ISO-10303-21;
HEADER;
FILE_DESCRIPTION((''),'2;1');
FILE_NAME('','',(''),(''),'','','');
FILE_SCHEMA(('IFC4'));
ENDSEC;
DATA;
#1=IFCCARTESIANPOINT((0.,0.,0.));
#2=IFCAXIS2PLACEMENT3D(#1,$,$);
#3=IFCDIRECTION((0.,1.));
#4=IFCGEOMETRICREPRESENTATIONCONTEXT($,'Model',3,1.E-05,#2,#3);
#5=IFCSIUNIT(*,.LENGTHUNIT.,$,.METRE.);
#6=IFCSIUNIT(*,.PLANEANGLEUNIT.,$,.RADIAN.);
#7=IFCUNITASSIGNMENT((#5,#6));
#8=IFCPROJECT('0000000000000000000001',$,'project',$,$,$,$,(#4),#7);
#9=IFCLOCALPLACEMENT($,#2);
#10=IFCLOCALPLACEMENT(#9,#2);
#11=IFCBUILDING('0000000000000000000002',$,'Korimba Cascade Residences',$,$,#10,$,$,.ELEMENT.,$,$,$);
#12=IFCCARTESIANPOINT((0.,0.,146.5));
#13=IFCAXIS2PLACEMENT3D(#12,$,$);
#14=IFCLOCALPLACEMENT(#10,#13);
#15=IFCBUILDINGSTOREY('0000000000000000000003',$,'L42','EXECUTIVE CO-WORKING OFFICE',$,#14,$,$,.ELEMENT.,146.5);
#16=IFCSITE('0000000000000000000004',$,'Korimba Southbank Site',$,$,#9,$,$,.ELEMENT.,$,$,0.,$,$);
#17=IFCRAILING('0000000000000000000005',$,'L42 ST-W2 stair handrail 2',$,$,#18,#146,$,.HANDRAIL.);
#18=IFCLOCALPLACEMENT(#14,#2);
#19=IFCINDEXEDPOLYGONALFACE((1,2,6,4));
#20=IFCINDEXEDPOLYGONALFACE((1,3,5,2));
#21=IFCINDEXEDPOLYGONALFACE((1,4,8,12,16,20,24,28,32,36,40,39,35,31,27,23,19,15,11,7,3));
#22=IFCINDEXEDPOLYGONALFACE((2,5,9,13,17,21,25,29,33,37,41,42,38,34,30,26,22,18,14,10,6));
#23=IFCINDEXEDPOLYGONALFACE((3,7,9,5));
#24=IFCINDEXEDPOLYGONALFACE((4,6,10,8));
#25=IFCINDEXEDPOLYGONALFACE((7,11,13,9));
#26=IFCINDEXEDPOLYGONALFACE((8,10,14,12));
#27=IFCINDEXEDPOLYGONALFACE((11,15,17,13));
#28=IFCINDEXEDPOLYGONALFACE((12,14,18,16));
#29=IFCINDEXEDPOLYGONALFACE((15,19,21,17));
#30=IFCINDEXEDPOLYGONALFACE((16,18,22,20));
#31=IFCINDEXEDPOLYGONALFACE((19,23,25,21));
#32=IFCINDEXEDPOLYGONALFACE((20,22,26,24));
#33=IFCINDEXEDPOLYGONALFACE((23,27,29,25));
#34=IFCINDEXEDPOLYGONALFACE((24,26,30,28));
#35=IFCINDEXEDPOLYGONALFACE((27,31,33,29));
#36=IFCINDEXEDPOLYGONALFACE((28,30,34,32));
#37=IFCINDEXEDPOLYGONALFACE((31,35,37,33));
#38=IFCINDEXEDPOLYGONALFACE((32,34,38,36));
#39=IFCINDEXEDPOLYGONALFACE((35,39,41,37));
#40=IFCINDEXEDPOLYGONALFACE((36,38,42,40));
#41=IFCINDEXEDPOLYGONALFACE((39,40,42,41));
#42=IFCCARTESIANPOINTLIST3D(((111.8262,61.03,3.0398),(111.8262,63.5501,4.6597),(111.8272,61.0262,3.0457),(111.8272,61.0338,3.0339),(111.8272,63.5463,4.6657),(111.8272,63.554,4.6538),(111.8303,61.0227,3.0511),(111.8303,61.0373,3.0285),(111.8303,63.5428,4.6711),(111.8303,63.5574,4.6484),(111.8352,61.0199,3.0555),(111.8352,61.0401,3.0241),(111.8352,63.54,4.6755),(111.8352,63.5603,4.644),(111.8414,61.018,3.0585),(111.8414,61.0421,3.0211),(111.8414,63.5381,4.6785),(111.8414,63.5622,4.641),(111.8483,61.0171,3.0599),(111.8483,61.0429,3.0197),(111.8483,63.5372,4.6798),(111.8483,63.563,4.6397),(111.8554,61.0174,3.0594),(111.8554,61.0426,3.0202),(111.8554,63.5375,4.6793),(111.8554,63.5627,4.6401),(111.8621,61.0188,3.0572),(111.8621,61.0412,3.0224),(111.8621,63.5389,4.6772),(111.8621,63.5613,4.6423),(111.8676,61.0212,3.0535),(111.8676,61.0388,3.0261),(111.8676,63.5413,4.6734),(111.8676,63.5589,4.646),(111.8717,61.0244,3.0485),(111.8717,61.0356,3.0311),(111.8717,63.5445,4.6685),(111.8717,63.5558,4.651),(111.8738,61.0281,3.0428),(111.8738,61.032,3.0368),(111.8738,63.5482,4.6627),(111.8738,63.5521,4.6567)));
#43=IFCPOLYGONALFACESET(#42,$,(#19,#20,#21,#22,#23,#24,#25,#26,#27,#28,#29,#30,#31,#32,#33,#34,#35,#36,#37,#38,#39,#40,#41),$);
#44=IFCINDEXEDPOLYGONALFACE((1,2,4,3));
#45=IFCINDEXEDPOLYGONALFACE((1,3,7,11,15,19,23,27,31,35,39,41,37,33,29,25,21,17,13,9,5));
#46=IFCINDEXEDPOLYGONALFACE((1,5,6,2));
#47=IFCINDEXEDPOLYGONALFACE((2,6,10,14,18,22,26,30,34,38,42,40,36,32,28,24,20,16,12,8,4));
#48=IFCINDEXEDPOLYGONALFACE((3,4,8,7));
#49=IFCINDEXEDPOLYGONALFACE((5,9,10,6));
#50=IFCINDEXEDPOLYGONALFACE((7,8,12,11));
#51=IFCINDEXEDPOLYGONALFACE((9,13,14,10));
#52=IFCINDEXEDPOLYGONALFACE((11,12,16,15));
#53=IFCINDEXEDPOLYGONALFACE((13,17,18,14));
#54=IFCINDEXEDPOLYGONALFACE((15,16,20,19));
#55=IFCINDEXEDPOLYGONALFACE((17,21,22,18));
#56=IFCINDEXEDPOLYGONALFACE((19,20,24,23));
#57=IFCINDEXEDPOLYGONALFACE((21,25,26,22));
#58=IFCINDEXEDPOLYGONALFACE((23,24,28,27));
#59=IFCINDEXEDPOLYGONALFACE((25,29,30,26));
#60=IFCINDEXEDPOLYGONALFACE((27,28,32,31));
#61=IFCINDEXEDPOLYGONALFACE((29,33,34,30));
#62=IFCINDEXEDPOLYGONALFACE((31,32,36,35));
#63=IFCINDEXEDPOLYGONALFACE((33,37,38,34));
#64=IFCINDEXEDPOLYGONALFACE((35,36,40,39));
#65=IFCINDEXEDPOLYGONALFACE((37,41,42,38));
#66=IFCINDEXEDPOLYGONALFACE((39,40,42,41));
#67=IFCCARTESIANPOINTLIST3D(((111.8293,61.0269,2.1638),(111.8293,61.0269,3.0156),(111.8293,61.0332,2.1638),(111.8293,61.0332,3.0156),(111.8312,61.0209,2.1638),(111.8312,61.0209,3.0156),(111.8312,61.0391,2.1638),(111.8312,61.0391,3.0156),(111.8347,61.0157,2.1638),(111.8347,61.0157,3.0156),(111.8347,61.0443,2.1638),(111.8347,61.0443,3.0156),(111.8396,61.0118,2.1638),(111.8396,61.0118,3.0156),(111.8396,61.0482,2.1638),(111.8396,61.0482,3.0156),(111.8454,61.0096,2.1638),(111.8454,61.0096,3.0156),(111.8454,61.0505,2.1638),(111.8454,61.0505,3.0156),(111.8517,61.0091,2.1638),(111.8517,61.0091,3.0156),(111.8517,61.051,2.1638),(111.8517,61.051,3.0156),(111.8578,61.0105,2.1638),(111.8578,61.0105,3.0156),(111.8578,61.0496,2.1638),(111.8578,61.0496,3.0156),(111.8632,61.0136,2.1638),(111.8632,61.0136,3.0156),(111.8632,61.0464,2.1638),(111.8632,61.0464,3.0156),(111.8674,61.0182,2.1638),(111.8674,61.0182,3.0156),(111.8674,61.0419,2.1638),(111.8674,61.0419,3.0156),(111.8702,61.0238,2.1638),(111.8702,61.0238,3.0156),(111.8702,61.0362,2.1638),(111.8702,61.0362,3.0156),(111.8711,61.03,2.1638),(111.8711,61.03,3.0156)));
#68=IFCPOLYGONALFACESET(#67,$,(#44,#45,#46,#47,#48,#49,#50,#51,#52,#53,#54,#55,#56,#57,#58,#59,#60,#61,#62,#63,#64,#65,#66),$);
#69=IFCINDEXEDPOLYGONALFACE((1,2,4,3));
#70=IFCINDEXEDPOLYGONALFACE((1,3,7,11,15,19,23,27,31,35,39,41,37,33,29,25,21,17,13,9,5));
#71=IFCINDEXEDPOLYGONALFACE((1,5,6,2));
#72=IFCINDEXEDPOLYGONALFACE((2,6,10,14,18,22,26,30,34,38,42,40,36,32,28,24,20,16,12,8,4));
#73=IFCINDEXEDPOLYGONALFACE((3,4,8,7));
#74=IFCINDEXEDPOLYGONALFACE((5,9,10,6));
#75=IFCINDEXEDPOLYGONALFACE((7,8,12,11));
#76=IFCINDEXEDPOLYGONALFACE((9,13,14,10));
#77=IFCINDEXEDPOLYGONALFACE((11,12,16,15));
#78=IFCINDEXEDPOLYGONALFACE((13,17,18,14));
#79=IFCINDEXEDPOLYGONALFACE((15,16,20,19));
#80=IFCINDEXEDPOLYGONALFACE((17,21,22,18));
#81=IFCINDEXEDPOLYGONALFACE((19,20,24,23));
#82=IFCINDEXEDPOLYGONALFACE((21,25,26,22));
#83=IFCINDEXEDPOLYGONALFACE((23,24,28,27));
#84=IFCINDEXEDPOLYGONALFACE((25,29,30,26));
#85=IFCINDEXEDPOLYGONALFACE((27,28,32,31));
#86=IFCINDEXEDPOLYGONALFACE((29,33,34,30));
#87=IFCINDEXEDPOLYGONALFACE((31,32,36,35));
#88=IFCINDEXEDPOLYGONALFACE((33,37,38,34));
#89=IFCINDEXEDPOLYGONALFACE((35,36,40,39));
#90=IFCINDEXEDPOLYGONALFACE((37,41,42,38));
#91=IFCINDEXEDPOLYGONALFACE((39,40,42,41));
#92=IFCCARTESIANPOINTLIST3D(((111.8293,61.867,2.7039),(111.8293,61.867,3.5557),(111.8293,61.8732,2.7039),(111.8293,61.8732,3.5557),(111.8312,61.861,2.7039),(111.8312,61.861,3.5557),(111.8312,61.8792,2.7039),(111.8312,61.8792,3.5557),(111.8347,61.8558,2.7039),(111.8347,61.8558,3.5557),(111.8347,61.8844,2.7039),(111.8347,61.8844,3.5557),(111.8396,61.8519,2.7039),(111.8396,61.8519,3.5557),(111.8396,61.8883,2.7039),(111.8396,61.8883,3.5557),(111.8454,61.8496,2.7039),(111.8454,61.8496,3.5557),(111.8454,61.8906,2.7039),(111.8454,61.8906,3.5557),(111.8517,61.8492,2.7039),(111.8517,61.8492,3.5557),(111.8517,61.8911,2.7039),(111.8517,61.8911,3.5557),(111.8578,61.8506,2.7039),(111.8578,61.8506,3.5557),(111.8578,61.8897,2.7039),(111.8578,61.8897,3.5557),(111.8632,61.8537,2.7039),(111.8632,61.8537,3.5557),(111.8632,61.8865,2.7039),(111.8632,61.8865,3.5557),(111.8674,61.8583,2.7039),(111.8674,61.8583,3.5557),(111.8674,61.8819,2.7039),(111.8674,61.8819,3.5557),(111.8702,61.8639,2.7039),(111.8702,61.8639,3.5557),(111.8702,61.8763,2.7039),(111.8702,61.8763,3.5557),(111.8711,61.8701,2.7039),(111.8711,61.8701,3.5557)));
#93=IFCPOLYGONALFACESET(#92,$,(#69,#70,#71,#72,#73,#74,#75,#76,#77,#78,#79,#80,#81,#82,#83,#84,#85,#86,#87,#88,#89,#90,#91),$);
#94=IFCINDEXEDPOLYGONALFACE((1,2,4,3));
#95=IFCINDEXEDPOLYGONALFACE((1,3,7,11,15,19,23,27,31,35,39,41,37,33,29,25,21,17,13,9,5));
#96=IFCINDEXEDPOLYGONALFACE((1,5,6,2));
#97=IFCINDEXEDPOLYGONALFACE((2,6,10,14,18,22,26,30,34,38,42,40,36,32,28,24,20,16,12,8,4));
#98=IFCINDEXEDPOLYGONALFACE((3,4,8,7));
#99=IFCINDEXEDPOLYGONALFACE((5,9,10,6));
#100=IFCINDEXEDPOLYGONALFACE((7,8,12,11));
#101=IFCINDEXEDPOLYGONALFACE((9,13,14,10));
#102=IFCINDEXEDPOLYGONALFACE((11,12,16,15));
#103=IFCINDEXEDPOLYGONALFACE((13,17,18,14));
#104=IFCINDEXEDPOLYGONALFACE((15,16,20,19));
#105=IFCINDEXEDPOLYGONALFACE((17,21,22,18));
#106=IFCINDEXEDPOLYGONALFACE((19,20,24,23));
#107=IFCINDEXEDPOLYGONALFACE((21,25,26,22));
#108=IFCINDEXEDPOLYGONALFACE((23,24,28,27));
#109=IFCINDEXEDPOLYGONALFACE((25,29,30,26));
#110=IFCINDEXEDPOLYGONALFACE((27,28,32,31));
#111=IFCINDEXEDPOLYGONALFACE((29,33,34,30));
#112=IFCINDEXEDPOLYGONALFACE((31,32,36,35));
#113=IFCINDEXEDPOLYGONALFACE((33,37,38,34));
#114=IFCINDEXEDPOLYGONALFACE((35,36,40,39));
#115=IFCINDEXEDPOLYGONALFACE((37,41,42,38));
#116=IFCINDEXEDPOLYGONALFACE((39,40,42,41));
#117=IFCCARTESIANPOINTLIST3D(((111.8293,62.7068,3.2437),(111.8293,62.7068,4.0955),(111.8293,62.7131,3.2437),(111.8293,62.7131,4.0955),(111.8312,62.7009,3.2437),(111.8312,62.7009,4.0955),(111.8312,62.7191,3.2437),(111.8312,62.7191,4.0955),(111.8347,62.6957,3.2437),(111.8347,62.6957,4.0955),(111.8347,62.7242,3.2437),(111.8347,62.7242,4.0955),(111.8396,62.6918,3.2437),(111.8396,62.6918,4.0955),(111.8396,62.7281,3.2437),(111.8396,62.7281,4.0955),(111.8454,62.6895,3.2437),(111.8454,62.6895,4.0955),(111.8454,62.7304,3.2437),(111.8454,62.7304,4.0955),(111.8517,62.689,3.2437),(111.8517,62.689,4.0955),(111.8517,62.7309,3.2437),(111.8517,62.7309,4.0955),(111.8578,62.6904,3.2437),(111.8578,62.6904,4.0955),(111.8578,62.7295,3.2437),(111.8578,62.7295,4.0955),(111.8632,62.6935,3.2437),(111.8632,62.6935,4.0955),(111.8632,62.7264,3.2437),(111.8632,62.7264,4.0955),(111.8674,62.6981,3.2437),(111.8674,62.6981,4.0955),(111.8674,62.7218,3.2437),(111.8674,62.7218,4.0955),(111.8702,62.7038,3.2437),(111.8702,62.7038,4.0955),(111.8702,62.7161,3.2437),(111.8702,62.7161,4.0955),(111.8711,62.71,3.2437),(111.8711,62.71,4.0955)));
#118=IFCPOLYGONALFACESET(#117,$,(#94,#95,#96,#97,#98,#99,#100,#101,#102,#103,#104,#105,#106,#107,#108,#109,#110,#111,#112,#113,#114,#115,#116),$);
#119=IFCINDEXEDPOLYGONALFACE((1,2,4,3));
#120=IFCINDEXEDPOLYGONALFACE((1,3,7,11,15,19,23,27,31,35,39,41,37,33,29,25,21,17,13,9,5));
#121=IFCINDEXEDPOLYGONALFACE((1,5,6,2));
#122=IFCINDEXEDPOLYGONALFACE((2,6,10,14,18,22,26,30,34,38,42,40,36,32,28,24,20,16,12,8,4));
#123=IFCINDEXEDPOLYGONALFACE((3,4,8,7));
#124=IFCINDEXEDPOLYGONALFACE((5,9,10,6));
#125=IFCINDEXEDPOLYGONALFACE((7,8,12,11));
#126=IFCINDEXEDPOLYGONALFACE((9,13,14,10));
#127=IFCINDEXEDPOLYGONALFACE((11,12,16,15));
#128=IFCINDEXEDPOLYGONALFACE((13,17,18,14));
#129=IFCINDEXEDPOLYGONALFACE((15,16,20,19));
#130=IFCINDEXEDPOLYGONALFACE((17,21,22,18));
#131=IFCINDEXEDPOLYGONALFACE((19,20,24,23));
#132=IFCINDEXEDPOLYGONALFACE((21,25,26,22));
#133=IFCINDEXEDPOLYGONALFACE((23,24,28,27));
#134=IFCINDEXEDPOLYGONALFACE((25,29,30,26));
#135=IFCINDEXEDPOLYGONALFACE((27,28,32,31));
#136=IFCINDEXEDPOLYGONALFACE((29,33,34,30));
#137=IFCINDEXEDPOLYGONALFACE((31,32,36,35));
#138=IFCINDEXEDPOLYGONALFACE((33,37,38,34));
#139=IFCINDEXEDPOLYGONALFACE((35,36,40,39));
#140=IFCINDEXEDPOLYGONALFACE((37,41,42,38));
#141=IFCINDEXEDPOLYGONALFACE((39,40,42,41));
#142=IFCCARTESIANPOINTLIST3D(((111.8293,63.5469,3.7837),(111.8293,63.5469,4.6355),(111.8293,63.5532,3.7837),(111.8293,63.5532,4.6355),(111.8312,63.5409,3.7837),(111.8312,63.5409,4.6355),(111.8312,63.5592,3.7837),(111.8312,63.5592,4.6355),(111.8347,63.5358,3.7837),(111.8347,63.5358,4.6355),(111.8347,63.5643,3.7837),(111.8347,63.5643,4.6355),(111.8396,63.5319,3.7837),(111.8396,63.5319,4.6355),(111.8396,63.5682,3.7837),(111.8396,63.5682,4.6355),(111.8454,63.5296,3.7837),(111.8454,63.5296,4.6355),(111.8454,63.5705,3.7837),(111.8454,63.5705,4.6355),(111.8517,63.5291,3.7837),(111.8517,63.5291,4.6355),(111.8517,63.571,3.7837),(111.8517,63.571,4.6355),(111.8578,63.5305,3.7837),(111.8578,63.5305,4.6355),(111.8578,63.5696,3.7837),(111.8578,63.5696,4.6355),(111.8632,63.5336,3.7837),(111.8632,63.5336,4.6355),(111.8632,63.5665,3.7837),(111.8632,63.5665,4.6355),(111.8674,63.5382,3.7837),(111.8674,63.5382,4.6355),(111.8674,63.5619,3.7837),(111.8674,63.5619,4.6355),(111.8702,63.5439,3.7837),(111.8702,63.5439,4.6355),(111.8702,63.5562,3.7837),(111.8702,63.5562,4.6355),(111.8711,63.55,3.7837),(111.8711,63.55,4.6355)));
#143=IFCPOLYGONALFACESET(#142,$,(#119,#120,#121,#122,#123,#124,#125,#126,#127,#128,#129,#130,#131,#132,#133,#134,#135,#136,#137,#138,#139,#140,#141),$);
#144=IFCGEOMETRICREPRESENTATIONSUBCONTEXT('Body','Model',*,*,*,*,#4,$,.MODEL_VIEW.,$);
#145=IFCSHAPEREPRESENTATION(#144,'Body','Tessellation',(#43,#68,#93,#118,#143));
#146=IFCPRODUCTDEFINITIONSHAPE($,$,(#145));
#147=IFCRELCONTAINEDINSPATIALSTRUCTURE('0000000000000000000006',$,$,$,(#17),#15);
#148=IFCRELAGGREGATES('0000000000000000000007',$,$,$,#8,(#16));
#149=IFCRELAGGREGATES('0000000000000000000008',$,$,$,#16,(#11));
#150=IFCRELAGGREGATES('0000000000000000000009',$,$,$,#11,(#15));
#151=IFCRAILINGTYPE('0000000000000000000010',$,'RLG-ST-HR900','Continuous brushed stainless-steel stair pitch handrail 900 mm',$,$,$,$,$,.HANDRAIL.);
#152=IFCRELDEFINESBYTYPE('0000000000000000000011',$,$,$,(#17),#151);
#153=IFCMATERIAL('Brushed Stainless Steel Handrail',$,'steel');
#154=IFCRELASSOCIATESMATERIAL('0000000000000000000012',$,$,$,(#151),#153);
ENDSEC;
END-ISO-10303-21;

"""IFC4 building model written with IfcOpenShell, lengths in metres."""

from ifc_helpers import new_model, si_unit, direction, frame, origin, origin_2d, place, context, subcontext, project, spatial, circle, extrude, material, type_object, element, save


model = new_model("IFC4")

# Units and contexts
model_context = context("Model", 3, precision=1e-05, world=origin(), true_north=direction((0.0, 1.0)))
body_context = subcontext(model_context, "Body", "Model", "MODEL_VIEW")
ifc_project = project(units=[si_unit("LENGTHUNIT", "METRE"), si_unit("PLANEANGLEUNIT", "RADIAN")], contexts=[model_context])

# Site, building, storey
site_placement = place(None, origin())
site = spatial("IfcSite", under=ifc_project, at=site_placement, Name="Korimba Southbank Site", CompositionType="ELEMENT", RefElevation=0.0)
building_placement = place(site_placement, origin())
building = spatial("IfcBuilding", under=site, at=building_placement, Name="Korimba Cascade Residences", CompositionType="ELEMENT")
storey_placement = place(building_placement, frame((0.0, 0.0, 146.5)))
storey = spatial("IfcBuildingStorey", under=building, at=storey_placement, Name="L42", Description="EXECUTIVE CO-WORKING OFFICE", CompositionType="ELEMENT", Elevation=146.5)

# Railing
ifc_material_1 = material(Name="Brushed Stainless Steel Handrail", Category="steel")
railing_type = type_object("IfcRailingType", Name="RLG-ST-HR900", Description="Continuous brushed stainless-steel stair pitch handrail 900 mm", PredefinedType="HANDRAIL", material=ifc_material_1)
railing_placement = place(storey_placement, frame((111.8501, 61.03, 2.1638)))
element("IfcRailing", 1, at=railing_placement, inside=storey, type_object=railing_type, Name="L42 ST-W2 stair handrail 2", PredefinedType="HANDRAIL", context=body_context, shape_type="SweptSolid", body=[
    extrude(circle(Radius=0.0239, at=origin_2d()), frame((0.0, 0.0, 0.876), z_axis=(0.0, 0.8412, 0.540725), x_axis=(-1.0, 0.0, 0.0)), (0.0, 0.0, 1.0), 2.9958),
    extrude(circle(Radius=0.021, at=origin_2d()), origin(), (0.0, 0.0, 1.0), 0.8518),
    extrude(circle(Radius=0.021, at=origin_2d()), frame((0.0, 0.8401, 0.54)), (0.0, 0.0, 1.0), 0.8518),
    extrude(circle(Radius=0.021, at=origin_2d()), frame((0.0, 1.6799, 1.0798)), (0.0, 0.0, 1.0), 0.8518),
    extrude(circle(Radius=0.021, at=origin_2d()), frame((0.0, 2.52, 1.6199)), (0.0, 0.0, 1.0), 0.8518),
])

save(model, "model.ifc")
